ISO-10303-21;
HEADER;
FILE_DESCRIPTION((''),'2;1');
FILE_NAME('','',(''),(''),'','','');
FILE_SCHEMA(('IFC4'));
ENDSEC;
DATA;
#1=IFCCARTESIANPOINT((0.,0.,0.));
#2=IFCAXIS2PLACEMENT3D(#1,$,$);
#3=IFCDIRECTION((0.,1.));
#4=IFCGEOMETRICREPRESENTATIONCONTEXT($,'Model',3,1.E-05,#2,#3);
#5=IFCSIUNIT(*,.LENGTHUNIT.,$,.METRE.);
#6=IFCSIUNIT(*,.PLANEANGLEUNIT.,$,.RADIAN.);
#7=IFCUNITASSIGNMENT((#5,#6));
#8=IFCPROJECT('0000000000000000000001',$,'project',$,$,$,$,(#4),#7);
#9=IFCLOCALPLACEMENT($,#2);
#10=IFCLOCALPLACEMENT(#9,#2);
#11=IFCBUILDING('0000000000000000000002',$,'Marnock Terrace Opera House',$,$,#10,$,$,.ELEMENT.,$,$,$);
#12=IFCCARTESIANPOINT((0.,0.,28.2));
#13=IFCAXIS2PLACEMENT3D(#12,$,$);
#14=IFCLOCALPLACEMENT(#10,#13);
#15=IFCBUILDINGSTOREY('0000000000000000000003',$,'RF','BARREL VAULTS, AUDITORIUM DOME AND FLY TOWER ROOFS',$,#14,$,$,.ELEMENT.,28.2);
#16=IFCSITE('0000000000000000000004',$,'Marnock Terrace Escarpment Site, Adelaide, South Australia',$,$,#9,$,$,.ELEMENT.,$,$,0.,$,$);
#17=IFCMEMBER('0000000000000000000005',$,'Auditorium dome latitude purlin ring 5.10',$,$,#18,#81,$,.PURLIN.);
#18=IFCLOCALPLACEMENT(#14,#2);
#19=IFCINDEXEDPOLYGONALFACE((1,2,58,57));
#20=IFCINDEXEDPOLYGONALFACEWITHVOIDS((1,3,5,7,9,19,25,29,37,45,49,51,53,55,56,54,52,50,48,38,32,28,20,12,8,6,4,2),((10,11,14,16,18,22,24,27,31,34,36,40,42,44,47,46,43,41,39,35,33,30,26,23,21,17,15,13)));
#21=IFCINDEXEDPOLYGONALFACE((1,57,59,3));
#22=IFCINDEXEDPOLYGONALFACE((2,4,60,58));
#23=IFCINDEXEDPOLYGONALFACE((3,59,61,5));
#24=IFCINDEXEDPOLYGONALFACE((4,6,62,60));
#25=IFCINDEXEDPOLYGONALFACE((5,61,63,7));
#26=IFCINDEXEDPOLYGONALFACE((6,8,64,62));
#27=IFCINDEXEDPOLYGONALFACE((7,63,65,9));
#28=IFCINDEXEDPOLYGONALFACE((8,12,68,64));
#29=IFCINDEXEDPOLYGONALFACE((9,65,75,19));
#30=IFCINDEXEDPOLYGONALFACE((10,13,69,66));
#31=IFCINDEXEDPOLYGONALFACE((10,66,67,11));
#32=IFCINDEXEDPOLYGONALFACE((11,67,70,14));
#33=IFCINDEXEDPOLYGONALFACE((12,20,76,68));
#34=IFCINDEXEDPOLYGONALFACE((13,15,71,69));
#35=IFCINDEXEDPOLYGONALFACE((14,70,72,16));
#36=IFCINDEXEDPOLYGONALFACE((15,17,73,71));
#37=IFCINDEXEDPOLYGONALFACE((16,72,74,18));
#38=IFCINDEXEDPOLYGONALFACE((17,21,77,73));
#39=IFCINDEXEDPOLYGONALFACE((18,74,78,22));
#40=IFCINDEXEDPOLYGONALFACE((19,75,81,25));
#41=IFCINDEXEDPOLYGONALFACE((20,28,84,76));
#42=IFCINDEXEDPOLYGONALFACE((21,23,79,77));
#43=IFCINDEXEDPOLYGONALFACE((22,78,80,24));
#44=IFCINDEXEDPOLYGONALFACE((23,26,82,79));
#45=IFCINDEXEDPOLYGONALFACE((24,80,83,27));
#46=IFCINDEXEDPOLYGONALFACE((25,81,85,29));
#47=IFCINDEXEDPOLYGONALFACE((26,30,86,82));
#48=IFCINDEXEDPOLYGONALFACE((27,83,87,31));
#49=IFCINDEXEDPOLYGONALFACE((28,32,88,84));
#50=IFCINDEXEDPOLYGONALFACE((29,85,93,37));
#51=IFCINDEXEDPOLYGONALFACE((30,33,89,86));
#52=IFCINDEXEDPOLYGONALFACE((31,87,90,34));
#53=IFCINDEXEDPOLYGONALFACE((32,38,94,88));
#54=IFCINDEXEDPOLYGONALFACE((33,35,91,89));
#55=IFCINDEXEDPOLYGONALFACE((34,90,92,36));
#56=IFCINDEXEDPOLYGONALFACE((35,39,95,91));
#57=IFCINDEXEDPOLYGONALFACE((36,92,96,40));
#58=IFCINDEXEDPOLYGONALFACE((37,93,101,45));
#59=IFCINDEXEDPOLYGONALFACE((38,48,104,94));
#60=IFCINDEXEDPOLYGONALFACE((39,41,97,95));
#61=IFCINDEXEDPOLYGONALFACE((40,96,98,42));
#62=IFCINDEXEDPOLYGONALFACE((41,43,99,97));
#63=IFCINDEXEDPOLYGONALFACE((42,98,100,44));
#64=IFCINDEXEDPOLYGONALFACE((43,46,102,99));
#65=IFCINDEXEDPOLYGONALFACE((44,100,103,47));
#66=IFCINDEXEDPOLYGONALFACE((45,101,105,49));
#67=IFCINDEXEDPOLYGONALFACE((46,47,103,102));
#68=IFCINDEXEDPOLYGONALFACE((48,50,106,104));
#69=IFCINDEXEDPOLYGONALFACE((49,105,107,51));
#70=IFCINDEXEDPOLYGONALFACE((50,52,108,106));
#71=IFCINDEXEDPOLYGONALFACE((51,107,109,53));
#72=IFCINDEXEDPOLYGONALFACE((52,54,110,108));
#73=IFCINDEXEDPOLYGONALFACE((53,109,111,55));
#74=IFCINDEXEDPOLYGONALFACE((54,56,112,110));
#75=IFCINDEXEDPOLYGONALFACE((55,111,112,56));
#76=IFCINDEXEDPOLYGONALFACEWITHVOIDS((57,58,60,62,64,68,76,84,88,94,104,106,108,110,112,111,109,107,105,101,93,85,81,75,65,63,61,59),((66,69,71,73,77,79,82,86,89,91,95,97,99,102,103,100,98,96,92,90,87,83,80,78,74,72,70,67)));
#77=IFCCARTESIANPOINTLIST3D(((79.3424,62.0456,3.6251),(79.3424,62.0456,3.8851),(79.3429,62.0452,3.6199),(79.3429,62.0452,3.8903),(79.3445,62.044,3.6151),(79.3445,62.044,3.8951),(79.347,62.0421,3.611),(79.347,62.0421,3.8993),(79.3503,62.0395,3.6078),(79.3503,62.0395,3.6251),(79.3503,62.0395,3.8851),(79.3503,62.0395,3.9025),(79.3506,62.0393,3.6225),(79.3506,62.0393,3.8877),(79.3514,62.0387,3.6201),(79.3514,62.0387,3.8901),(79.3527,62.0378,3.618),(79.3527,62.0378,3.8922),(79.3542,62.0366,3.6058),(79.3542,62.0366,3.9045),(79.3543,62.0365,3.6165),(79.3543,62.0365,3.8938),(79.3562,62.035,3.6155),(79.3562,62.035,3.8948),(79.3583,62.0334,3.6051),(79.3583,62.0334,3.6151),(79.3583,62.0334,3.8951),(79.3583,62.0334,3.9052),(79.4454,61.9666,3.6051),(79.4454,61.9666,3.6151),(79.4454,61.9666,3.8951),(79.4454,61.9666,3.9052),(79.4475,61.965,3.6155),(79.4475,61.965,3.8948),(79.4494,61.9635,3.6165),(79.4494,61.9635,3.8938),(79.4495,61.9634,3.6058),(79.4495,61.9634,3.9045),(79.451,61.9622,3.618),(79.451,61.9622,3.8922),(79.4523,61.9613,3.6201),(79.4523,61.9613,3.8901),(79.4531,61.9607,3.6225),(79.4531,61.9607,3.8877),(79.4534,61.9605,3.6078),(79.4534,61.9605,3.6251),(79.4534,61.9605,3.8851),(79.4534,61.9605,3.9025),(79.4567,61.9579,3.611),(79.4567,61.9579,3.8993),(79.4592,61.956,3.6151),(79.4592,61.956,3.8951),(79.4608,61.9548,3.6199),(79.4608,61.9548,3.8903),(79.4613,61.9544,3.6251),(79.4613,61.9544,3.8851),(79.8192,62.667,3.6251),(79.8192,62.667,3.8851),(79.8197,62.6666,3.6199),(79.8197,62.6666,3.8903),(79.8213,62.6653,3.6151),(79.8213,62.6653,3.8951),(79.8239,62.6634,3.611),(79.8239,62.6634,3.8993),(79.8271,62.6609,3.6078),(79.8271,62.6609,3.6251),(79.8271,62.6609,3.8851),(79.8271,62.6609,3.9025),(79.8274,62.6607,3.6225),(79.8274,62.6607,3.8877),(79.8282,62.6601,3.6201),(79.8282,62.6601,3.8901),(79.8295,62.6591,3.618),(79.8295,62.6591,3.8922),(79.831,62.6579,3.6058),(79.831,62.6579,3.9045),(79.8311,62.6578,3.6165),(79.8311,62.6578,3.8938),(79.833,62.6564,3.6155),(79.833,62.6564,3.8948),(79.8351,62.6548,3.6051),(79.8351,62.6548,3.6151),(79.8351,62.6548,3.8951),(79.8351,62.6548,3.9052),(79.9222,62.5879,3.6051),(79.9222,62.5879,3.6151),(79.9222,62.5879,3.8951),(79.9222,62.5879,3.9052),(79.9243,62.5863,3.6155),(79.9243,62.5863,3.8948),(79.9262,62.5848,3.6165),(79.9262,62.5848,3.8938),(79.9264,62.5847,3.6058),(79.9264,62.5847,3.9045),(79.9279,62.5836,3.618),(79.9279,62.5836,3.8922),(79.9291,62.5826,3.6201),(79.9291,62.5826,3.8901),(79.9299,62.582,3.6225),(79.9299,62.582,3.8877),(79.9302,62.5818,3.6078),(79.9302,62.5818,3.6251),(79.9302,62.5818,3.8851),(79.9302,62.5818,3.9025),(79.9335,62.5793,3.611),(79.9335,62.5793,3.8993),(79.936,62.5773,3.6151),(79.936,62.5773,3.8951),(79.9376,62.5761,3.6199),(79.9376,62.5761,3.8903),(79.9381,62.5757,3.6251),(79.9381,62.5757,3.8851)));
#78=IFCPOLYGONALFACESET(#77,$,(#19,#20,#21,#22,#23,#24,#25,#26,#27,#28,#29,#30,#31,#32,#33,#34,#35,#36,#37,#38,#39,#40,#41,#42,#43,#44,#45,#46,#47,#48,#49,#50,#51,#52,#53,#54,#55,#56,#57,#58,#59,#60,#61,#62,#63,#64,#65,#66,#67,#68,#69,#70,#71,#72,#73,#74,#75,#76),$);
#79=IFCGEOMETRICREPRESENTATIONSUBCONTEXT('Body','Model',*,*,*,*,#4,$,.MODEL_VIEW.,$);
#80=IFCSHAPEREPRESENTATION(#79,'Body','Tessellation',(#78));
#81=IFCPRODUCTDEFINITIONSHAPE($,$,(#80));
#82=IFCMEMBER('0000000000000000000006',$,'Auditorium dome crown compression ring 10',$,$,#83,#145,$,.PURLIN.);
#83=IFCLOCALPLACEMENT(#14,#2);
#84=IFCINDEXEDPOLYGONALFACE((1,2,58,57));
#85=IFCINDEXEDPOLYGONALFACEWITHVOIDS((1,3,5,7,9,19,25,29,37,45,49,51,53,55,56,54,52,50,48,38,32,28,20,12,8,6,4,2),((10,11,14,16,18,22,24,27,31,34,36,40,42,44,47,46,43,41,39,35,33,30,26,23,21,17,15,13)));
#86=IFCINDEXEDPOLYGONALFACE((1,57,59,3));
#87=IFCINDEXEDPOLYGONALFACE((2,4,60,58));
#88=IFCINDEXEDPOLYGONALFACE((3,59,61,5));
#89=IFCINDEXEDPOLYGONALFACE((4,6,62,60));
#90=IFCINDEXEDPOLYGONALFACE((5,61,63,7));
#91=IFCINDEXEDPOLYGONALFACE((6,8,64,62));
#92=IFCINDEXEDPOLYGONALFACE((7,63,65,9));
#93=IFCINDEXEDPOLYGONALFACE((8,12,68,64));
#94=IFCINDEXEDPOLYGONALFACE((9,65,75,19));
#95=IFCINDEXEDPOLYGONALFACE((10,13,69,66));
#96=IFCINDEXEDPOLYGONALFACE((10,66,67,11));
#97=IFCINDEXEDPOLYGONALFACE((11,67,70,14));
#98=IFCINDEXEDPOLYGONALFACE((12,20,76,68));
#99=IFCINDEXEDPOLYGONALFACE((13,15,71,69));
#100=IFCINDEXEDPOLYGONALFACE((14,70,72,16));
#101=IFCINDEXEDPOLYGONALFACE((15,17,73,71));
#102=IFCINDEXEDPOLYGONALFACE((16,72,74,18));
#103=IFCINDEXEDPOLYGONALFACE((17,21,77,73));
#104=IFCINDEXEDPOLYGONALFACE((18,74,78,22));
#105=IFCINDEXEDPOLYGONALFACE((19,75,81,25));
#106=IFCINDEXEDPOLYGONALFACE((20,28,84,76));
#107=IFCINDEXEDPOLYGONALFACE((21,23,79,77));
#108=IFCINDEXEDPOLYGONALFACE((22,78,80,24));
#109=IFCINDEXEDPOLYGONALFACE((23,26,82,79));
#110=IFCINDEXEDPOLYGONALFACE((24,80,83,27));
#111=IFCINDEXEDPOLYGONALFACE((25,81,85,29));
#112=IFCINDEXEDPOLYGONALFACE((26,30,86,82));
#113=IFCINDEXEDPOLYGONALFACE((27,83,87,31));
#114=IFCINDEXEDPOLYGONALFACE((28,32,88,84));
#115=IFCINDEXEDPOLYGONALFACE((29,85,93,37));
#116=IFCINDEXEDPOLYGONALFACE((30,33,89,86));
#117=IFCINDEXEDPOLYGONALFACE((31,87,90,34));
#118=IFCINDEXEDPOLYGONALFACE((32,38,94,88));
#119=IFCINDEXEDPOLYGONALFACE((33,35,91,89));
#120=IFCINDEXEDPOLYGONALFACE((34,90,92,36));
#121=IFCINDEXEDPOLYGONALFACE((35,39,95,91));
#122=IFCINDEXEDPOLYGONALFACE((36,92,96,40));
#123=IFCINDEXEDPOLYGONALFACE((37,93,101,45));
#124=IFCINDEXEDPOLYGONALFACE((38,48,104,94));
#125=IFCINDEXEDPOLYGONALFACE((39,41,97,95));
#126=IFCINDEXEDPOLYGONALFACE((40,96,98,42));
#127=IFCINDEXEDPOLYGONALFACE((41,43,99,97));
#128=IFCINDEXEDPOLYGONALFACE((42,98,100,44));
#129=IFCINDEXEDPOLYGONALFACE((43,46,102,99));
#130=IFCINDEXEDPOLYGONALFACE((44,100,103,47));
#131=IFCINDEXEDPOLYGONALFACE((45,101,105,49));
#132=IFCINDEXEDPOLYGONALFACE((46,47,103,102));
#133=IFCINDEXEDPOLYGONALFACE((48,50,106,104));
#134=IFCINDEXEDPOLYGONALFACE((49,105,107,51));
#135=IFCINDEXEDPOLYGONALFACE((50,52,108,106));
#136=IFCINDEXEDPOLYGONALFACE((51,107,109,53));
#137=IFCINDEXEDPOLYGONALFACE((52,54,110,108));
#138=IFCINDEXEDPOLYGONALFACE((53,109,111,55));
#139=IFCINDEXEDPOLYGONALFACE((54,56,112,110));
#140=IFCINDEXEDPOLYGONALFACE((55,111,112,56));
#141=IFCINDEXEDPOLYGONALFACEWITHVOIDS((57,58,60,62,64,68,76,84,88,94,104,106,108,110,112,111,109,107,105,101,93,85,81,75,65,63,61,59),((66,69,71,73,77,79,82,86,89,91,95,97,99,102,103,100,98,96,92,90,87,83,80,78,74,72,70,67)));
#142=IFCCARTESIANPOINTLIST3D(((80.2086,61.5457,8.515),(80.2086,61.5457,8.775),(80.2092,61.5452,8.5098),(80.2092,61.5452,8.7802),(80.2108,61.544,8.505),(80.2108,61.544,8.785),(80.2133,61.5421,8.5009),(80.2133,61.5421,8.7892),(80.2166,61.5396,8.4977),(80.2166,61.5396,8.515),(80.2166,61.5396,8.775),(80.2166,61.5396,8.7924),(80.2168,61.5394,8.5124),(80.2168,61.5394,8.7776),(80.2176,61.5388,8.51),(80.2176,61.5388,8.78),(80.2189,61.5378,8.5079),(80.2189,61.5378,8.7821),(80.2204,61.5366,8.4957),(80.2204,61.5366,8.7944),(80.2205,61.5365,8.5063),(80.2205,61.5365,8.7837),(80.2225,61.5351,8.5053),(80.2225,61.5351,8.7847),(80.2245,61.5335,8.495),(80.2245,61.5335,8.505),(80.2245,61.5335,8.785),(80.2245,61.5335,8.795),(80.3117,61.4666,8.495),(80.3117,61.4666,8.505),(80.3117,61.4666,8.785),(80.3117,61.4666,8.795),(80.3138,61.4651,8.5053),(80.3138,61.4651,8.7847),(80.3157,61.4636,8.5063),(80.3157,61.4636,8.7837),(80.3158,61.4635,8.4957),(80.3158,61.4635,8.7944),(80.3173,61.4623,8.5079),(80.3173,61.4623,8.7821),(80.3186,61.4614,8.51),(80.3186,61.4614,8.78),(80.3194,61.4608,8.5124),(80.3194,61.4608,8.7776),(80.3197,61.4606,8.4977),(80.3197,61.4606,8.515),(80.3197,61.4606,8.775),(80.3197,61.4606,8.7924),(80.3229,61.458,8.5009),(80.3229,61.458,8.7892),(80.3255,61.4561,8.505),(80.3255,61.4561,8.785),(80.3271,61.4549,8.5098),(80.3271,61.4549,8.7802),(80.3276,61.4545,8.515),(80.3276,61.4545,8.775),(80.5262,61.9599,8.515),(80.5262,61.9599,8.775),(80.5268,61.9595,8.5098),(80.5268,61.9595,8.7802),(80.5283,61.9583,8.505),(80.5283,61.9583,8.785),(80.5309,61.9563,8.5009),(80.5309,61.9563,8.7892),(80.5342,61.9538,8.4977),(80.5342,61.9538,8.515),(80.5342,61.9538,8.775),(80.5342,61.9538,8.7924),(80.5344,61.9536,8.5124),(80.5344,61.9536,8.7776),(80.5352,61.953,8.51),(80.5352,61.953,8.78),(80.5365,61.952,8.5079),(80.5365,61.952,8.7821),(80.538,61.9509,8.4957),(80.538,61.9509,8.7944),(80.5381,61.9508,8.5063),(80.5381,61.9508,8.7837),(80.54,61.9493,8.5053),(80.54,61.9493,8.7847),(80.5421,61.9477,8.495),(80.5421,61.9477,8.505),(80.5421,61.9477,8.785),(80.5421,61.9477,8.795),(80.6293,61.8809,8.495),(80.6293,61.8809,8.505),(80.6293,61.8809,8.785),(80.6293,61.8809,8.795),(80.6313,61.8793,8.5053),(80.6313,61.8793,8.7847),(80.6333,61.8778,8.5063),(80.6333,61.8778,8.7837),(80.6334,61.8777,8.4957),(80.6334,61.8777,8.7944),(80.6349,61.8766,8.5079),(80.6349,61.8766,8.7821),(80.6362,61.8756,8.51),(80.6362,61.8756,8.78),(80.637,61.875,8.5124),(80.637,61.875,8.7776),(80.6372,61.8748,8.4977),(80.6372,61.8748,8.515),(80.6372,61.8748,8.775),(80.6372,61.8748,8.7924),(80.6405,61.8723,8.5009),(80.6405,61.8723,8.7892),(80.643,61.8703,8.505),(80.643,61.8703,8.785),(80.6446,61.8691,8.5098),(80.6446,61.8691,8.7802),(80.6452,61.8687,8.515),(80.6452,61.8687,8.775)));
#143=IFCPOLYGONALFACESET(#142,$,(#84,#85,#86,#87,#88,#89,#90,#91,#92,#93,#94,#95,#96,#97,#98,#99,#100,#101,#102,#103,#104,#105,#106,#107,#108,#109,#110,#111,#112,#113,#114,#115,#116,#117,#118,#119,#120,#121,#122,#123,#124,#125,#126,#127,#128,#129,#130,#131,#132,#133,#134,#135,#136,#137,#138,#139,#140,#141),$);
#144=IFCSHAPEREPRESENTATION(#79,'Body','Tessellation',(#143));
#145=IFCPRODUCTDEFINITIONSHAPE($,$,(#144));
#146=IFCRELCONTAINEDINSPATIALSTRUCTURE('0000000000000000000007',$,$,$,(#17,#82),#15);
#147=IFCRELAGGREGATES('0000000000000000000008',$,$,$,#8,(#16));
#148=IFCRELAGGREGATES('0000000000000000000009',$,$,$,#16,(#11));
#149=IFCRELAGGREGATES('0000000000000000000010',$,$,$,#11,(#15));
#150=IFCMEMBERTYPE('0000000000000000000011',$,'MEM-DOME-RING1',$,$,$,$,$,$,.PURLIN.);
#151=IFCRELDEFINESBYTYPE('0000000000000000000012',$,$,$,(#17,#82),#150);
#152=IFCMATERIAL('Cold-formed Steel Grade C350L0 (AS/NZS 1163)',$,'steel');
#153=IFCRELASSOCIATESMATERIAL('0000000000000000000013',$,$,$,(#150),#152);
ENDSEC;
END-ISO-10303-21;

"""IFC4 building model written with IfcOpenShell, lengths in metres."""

from ifc_helpers import new_model, si_unit, direction, frame, origin, origin_2d, place, context, subcontext, project, spatial, hollow_rectangle, extrude, material, material_profile, profile_set, type_object, element, save


model = new_model("IFC4")

# Units and contexts
model_context = context("Model", 3, precision=1e-05, world=origin(), true_north=direction((0.0, 1.0)))
body_context = subcontext(model_context, "Body", "Model", "MODEL_VIEW")
ifc_project = project(units=[si_unit("LENGTHUNIT", "METRE"), si_unit("PLANEANGLEUNIT", "RADIAN")], contexts=[model_context])

# Site, building, storey
site_placement = place(None, origin())
site = spatial("IfcSite", under=ifc_project, at=site_placement, Name="Marnock Terrace Escarpment Site, Adelaide, South Australia", CompositionType="ELEMENT", RefElevation=0.0)
building_placement = place(site_placement, origin())
building = spatial("IfcBuilding", under=site, at=building_placement, Name="Marnock Terrace Opera House", CompositionType="ELEMENT")
storey_placement = place(building_placement, frame((0.0, 0.0, 28.2)))
storey = spatial("IfcBuildingStorey", under=building, at=storey_placement, Name="RF", Description="BARREL VAULTS, AUDITORIUM DOME AND FLY TOWER ROOFS", CompositionType="ELEMENT", Elevation=28.2)

# Members
ifc_material_1 = material(Name="Cold-formed Steel Grade C350L0 (AS/NZS 1163)", Category="steel")
ifc_material_profile_1 = material_profile(ifc_material_1, hollow_rectangle(XDim=0.1499, YDim=0.3, WallThickness=0.01, InnerFilletRadius=0.01, OuterFilletRadius=0.02, at=origin_2d()))
ifc_profile_set_1 = profile_set([ifc_material_profile_1], Name="Cold-formed Steel Grade C350L0 (AS/NZS 1163)")
member_type_1 = type_object("IfcMemberType", Name="MEM-DOME-RING1", PredefinedType="PURLIN", material=ifc_profile_set_1)
member_1_placement = place(storey_placement, frame((79.8787, 62.6213, 3.7551), z_axis=(-0.608791, -0.79333, 0.0), x_axis=(0.79333, -0.608791, 0.0)))
element("IfcMember", 1, at=member_1_placement, inside=storey, type_object=member_type_1, Name="Auditorium dome latitude purlin ring 5.10", PredefinedType="PURLIN", context=body_context, shape_type="SweptSolid", body=[
    extrude(hollow_rectangle(XDim=0.1499, YDim=0.3, WallThickness=0.01, InnerFilletRadius=0.01, OuterFilletRadius=0.02, at=origin_2d()), origin(), (0.0, 0.0, 1.0), 0.7832),
])
member_2_placement = place(storey_placement, frame((80.5857, 61.9143, 8.645), z_axis=(-0.608422, -0.793614, 0.0), x_axis=(0.793614, -0.608422, 0.0)))
element("IfcMember", 2, at=member_2_placement, inside=storey, type_object=member_type_1, Name="Auditorium dome crown compression ring 10", PredefinedType="PURLIN", context=body_context, shape_type="SweptSolid", body=[
    extrude(hollow_rectangle(XDim=0.1499, YDim=0.3, WallThickness=0.01, InnerFilletRadius=0.01, OuterFilletRadius=0.02, at=origin_2d()), origin(), (0.0, 0.0, 1.0), 0.522),
])

save(model, "model.ifc")
